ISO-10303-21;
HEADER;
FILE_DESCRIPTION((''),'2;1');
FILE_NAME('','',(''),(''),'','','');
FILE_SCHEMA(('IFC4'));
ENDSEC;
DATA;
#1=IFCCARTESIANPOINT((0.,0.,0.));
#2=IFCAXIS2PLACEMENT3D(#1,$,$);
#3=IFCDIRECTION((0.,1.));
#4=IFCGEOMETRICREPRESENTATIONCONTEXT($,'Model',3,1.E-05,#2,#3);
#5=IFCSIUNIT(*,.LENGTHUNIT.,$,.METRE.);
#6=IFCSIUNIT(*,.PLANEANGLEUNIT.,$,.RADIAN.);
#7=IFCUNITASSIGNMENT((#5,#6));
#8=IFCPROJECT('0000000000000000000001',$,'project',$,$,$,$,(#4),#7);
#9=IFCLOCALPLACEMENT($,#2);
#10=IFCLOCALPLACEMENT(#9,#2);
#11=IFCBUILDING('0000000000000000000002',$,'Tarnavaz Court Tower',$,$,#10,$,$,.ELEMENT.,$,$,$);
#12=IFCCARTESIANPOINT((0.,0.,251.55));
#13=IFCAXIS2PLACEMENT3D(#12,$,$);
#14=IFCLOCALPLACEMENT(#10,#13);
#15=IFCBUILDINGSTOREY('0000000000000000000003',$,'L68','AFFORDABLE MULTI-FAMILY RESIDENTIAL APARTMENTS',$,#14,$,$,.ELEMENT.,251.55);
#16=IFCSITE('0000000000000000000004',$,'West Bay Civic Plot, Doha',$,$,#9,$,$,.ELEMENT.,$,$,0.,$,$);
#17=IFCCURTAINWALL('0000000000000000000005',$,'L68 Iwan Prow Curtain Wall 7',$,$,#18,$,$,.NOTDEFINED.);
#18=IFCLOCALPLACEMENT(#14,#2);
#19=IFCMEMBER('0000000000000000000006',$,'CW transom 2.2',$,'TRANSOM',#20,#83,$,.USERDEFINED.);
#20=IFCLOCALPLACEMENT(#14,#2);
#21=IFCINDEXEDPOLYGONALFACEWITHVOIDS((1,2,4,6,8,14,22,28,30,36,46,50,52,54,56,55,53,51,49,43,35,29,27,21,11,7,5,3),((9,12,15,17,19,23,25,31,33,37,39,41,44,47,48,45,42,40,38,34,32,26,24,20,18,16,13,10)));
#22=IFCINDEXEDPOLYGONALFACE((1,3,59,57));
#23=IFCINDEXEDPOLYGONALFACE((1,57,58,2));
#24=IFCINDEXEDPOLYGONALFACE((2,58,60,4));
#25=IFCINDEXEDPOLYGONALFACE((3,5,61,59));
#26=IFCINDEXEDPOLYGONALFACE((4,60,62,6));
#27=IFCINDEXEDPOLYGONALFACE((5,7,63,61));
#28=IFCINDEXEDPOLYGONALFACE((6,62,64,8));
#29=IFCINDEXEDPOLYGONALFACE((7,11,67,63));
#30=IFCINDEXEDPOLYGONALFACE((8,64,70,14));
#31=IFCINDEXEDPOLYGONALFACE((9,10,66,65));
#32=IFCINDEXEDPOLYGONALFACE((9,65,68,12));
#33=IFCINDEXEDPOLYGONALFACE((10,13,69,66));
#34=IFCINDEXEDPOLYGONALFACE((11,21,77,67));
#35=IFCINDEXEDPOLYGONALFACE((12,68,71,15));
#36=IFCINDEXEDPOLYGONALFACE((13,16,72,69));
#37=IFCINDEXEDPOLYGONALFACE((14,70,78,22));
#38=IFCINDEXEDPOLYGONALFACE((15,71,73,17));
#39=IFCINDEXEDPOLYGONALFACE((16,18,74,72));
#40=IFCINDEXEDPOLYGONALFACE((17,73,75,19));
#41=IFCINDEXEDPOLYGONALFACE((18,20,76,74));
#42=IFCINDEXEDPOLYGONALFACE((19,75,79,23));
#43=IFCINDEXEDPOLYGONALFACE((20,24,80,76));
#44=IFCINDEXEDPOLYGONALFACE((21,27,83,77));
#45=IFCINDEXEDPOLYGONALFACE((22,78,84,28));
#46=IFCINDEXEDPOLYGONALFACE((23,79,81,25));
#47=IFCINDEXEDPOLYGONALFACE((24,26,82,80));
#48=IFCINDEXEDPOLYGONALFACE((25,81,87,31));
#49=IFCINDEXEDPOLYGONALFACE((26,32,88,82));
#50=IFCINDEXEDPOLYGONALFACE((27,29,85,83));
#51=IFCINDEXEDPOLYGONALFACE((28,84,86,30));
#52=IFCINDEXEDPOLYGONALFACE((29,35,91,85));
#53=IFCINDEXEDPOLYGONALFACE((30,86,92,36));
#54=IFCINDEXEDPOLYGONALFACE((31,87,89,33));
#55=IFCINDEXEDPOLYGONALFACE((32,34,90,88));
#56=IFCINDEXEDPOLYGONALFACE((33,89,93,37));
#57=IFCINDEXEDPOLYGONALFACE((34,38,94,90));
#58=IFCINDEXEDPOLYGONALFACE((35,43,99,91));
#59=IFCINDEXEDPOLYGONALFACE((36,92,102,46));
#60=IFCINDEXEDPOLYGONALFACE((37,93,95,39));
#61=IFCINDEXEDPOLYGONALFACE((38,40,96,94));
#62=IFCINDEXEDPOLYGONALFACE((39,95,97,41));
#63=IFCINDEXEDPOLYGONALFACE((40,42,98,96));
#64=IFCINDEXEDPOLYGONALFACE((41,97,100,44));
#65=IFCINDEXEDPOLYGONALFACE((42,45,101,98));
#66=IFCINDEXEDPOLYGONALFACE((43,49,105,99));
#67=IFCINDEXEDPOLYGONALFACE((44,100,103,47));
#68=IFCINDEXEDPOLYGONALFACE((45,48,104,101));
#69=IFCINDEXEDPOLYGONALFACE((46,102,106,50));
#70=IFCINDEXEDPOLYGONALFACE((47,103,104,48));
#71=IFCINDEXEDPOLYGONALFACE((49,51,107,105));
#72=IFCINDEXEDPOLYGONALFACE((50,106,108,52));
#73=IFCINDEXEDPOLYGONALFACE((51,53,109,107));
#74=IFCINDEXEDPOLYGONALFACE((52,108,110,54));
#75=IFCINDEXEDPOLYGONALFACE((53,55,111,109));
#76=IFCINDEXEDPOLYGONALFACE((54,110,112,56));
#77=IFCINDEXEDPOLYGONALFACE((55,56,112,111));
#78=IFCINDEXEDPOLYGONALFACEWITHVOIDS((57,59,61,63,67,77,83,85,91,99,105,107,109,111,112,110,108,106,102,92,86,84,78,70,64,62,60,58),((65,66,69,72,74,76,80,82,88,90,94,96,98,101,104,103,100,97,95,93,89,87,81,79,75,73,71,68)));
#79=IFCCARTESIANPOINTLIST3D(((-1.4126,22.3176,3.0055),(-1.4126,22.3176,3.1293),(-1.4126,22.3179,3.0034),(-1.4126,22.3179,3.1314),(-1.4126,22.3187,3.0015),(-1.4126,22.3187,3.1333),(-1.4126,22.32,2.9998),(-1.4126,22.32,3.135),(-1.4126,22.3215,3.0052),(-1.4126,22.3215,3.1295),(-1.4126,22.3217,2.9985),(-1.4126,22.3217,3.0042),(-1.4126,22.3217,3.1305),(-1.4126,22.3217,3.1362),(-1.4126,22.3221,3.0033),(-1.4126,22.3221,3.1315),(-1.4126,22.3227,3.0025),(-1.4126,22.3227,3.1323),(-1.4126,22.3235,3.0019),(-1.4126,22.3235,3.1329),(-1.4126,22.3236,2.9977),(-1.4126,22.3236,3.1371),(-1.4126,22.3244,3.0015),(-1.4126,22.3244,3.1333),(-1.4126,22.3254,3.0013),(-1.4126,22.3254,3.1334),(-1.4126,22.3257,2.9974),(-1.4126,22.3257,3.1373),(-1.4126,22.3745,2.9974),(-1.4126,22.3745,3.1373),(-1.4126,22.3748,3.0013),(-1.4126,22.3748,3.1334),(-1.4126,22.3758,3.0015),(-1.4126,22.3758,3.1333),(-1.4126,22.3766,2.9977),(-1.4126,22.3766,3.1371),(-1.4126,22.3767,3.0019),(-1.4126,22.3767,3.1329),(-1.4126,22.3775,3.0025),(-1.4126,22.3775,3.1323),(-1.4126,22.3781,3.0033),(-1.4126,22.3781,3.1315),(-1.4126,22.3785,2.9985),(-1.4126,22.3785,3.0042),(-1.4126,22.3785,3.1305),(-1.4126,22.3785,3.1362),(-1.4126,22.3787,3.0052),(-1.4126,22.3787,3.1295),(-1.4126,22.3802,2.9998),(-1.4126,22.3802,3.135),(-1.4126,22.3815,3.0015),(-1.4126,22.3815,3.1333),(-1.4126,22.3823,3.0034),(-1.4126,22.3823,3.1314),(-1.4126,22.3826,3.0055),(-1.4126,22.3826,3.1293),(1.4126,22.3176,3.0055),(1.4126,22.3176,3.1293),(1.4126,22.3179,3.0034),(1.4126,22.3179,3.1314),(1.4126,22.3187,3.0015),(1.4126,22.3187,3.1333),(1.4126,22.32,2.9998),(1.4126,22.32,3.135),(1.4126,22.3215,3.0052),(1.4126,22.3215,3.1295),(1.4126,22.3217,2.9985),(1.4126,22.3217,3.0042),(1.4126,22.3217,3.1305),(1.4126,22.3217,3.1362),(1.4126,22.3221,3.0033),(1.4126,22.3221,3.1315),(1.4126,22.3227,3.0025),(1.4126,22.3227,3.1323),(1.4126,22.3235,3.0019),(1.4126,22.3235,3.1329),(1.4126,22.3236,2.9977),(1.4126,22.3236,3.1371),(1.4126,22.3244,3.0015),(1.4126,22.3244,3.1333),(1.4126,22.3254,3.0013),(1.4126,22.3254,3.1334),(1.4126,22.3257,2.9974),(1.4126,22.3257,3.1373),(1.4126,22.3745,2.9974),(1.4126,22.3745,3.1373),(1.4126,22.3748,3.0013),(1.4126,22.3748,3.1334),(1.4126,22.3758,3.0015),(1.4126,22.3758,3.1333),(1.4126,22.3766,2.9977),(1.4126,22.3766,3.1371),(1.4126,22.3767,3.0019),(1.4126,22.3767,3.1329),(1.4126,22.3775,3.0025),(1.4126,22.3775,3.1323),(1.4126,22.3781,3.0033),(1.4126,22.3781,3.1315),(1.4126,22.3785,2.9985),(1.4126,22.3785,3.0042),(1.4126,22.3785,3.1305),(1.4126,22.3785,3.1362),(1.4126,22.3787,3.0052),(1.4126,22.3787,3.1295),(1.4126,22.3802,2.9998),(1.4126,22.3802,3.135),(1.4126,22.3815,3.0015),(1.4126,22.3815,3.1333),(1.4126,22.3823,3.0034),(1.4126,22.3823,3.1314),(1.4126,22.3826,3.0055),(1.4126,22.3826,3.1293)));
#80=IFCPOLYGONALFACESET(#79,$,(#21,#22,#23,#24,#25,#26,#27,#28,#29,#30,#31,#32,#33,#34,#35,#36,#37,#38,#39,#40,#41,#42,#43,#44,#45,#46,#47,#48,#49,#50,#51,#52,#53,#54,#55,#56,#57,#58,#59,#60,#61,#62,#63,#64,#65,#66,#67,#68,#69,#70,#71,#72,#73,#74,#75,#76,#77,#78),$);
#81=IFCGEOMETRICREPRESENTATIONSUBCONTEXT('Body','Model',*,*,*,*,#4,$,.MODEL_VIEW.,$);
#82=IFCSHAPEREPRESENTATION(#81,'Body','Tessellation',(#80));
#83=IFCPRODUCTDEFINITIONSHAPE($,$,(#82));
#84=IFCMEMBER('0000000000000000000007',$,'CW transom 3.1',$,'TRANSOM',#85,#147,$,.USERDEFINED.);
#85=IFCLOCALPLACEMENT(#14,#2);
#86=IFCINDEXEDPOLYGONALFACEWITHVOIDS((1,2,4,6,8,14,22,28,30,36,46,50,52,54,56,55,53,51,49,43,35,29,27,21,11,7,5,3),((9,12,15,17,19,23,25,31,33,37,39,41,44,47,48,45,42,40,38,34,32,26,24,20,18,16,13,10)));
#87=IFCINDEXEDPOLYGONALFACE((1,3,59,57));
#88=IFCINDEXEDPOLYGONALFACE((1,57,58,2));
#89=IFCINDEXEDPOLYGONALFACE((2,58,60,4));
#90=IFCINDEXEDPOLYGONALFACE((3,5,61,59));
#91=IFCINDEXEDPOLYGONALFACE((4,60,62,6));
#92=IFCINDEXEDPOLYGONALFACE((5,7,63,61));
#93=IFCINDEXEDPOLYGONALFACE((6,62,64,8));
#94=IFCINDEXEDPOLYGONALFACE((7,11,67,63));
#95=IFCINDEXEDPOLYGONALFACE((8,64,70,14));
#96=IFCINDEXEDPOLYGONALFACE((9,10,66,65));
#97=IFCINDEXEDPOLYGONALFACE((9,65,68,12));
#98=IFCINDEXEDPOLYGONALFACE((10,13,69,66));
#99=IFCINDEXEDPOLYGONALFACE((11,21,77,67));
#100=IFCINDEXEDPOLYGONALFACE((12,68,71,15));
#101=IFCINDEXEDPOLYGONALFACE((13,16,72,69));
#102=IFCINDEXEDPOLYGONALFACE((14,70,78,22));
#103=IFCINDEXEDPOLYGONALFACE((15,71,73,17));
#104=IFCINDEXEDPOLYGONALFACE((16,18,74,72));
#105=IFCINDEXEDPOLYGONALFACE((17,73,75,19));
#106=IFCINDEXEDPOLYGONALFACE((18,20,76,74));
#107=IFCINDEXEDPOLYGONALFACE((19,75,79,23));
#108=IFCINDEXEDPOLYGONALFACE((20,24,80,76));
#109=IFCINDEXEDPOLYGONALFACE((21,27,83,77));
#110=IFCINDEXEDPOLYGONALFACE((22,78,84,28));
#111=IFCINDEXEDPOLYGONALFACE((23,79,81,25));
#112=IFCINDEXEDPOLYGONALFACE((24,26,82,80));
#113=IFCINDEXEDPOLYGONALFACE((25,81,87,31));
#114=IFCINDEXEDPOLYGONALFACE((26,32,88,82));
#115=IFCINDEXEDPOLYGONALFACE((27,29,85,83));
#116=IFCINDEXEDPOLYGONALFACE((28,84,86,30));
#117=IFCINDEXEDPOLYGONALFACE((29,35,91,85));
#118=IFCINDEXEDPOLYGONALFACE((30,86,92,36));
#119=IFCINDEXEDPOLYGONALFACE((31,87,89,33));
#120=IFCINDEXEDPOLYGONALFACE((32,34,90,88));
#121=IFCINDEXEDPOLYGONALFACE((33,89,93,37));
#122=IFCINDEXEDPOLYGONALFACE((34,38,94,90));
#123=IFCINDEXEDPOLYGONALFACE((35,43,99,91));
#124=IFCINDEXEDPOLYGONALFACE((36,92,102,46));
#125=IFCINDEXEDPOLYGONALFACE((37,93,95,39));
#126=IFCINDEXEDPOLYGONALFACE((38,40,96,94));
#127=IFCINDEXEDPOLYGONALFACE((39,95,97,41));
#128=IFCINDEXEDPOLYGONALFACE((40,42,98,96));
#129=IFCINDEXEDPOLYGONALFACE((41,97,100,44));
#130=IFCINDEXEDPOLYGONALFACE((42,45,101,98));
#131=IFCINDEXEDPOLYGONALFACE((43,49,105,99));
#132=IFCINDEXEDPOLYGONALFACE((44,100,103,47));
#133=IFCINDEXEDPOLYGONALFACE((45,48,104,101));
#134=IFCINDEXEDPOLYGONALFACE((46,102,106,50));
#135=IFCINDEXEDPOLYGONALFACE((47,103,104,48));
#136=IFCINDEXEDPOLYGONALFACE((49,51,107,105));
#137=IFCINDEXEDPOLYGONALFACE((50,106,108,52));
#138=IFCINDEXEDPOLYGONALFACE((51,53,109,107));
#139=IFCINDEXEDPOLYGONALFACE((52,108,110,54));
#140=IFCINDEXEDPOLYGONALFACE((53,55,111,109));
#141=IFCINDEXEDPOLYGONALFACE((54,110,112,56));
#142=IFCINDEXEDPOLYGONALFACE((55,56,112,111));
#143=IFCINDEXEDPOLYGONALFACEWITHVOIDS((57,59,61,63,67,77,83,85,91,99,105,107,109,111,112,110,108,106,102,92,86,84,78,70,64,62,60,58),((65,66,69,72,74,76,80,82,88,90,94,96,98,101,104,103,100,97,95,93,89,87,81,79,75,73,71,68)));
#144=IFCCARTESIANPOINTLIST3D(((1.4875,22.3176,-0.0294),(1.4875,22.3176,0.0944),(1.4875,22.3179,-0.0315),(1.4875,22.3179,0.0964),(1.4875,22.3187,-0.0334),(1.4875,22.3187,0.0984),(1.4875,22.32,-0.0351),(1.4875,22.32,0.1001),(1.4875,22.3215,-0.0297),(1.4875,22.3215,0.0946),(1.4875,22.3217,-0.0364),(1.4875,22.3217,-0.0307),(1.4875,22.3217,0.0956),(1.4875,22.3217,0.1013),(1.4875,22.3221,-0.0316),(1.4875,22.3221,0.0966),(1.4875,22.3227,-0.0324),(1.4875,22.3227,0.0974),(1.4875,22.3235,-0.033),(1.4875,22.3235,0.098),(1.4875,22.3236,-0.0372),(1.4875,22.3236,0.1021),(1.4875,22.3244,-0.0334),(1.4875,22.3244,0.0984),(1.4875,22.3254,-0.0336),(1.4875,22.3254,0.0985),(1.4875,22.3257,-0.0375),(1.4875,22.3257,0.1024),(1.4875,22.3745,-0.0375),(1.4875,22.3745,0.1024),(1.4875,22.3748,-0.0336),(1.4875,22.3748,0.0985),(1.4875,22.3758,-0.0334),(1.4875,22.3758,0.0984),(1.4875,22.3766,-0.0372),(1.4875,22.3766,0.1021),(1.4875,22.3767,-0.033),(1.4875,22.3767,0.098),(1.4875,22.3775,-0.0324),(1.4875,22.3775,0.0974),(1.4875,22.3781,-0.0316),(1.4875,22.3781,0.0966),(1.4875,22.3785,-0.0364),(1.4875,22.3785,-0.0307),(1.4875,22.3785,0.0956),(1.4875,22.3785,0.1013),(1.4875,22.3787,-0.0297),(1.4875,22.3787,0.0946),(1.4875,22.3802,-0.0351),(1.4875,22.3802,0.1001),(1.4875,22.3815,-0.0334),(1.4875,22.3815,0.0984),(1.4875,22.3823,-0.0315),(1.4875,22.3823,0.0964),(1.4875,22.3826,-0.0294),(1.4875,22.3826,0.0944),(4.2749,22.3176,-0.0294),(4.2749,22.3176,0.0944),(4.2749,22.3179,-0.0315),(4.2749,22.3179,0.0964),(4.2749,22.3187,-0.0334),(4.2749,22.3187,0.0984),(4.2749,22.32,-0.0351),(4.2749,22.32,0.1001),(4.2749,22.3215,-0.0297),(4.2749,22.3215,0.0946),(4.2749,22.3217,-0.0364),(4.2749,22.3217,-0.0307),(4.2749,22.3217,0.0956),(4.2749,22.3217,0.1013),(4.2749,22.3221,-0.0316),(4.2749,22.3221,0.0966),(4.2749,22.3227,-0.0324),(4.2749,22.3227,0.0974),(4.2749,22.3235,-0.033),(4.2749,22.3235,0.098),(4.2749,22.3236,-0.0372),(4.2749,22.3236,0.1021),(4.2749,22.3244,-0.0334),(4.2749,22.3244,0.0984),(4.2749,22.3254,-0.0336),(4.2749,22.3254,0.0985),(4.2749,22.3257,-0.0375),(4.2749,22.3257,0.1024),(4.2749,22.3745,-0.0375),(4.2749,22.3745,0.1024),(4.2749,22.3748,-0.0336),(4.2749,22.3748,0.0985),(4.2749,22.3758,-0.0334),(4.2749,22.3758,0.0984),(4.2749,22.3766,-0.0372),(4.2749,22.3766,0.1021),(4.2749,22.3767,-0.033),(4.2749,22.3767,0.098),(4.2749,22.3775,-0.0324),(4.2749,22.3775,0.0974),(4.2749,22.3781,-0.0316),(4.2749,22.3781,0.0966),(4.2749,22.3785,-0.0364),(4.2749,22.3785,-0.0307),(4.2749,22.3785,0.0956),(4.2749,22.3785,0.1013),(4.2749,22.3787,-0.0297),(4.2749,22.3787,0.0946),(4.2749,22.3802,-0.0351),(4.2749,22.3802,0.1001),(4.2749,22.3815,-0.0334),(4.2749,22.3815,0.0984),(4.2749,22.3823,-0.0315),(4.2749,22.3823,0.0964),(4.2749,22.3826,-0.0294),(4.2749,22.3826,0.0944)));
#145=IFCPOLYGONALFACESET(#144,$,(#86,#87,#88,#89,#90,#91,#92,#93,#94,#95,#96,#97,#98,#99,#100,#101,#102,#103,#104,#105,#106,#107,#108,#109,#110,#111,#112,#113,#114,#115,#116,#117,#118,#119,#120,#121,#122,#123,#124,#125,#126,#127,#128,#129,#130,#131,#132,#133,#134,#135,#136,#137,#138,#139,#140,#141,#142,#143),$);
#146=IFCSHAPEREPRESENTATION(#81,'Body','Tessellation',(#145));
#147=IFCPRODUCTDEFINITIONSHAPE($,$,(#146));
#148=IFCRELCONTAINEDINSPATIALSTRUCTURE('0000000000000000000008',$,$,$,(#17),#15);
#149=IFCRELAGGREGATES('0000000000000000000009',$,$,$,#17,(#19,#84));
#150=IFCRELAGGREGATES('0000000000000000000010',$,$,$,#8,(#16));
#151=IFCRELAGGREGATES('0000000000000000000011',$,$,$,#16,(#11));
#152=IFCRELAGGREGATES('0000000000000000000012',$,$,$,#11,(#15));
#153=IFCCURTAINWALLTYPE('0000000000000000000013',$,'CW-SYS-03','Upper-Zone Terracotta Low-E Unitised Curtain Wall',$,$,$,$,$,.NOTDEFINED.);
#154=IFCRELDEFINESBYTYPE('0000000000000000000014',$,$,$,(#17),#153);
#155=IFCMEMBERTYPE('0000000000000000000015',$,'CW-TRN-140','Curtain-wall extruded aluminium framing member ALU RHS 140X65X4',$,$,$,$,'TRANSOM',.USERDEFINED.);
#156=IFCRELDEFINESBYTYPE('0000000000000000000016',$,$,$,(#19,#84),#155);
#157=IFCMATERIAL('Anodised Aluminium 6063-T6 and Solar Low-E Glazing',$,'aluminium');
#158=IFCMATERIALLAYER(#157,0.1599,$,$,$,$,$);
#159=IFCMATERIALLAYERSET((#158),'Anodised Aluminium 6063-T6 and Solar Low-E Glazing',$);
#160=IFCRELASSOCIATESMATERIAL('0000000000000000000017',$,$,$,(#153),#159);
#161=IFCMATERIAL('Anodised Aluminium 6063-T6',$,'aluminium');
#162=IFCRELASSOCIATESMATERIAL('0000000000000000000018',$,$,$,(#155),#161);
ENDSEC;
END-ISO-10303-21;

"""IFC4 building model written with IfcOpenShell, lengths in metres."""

from ifc_helpers import new_model, si_unit, direction, frame, origin, origin_2d, place, context, subcontext, project, spatial, hollow_rectangle, extrude, material, layer, layer_set, material_profile, profile_set, type_object, element, aggregate, save


model = new_model("IFC4")

# Units and contexts
model_context = context("Model", 3, precision=1e-05, world=origin(), true_north=direction((0.0, 1.0)))
body_context = subcontext(model_context, "Body", "Model", "MODEL_VIEW")
ifc_project = project(units=[si_unit("LENGTHUNIT", "METRE"), si_unit("PLANEANGLEUNIT", "RADIAN")], contexts=[model_context])

# Site, building, storey
site_placement = place(None, origin())
site = spatial("IfcSite", under=ifc_project, at=site_placement, Name="West Bay Civic Plot, Doha", CompositionType="ELEMENT", RefElevation=0.0)
building_placement = place(site_placement, origin())
building = spatial("IfcBuilding", under=site, at=building_placement, Name="Tarnavaz Court Tower", CompositionType="ELEMENT")
storey_placement = place(building_placement, frame((0.0, 0.0, 251.55)))
storey = spatial("IfcBuildingStorey", under=building, at=storey_placement, Name="L68", Description="AFFORDABLE MULTI-FAMILY RESIDENTIAL APARTMENTS", CompositionType="ELEMENT", Elevation=251.55)

# Curtain wall, members
ifc_material_1 = material(Name="Anodised Aluminium 6063-T6 and Solar Low-E Glazing", Category="aluminium")
ifc_layer_1 = layer(ifc_material_1, 0.1599)
ifc_layer_set_1 = layer_set([ifc_layer_1], Name="Anodised Aluminium 6063-T6 and Solar Low-E Glazing")
curtain_wall_type = type_object("IfcCurtainWallType", Name="CW-SYS-03", Description="Upper-Zone Terracotta Low-E Unitised Curtain Wall", PredefinedType="NOTDEFINED", material=ifc_layer_set_1)
curtain_wall_placement = place(storey_placement, origin())
curtain_wall = element("IfcCurtainWall", 1, at=curtain_wall_placement, inside=storey, type_object=curtain_wall_type, Name="L68 Iwan Prow Curtain Wall 7", PredefinedType="NOTDEFINED")
ifc_material_2 = material(Name="Anodised Aluminium 6063-T6", Category="aluminium")
ifc_material_profile_1 = material_profile(ifc_material_2, hollow_rectangle(XDim=0.0649, YDim=0.1399, WallThickness=0.0039, InnerFilletRadius=0.0039, OuterFilletRadius=0.0081, at=origin_2d()), Name="ALU RHS 140X65X4")
ifc_profile_set_1 = profile_set([ifc_material_profile_1], Name="Anodised Aluminium 6063-T6")
member_type_1 = type_object("IfcMemberType", Name="CW-TRN-140", Description="Curtain-wall extruded aluminium framing member ALU RHS 140X65X4", ElementType="TRANSOM", PredefinedType="USERDEFINED", material=ifc_profile_set_1)
member_1_placement = place(storey_placement, frame((-1.4126, 22.3501, 3.0674), z_axis=(1.0, 0.0, 0.0), x_axis=(0.0, 1.0, 0.0)))
member_1 = element("IfcMember", 2, at=member_1_placement, type_object=member_type_1, Name="CW transom 2.2", ObjectType="TRANSOM", PredefinedType="USERDEFINED", context=body_context, shape_type="SweptSolid", body=[
    extrude(hollow_rectangle(XDim=0.0649, YDim=0.1399, WallThickness=0.0039, InnerFilletRadius=0.0039, OuterFilletRadius=0.0081, at=origin_2d()), origin(), (0.0, 0.0, 1.0), 2.8252),
])
member_2_placement = place(storey_placement, frame((1.4875, 22.3501, 0.0325), z_axis=(1.0, 0.0, 0.0), x_axis=(0.0, 1.0, 0.0)))
member_2 = element("IfcMember", 3, at=member_2_placement, type_object=member_type_1, Name="CW transom 3.1", ObjectType="TRANSOM", PredefinedType="USERDEFINED", context=body_context, shape_type="SweptSolid", body=[
    extrude(hollow_rectangle(XDim=0.0649, YDim=0.1399, WallThickness=0.0039, InnerFilletRadius=0.0039, OuterFilletRadius=0.0081, at=origin_2d()), origin(), (0.0, 0.0, 1.0), 2.7874),
])
aggregate(curtain_wall, [member_1, member_2])

save(model, "model.ifc")
